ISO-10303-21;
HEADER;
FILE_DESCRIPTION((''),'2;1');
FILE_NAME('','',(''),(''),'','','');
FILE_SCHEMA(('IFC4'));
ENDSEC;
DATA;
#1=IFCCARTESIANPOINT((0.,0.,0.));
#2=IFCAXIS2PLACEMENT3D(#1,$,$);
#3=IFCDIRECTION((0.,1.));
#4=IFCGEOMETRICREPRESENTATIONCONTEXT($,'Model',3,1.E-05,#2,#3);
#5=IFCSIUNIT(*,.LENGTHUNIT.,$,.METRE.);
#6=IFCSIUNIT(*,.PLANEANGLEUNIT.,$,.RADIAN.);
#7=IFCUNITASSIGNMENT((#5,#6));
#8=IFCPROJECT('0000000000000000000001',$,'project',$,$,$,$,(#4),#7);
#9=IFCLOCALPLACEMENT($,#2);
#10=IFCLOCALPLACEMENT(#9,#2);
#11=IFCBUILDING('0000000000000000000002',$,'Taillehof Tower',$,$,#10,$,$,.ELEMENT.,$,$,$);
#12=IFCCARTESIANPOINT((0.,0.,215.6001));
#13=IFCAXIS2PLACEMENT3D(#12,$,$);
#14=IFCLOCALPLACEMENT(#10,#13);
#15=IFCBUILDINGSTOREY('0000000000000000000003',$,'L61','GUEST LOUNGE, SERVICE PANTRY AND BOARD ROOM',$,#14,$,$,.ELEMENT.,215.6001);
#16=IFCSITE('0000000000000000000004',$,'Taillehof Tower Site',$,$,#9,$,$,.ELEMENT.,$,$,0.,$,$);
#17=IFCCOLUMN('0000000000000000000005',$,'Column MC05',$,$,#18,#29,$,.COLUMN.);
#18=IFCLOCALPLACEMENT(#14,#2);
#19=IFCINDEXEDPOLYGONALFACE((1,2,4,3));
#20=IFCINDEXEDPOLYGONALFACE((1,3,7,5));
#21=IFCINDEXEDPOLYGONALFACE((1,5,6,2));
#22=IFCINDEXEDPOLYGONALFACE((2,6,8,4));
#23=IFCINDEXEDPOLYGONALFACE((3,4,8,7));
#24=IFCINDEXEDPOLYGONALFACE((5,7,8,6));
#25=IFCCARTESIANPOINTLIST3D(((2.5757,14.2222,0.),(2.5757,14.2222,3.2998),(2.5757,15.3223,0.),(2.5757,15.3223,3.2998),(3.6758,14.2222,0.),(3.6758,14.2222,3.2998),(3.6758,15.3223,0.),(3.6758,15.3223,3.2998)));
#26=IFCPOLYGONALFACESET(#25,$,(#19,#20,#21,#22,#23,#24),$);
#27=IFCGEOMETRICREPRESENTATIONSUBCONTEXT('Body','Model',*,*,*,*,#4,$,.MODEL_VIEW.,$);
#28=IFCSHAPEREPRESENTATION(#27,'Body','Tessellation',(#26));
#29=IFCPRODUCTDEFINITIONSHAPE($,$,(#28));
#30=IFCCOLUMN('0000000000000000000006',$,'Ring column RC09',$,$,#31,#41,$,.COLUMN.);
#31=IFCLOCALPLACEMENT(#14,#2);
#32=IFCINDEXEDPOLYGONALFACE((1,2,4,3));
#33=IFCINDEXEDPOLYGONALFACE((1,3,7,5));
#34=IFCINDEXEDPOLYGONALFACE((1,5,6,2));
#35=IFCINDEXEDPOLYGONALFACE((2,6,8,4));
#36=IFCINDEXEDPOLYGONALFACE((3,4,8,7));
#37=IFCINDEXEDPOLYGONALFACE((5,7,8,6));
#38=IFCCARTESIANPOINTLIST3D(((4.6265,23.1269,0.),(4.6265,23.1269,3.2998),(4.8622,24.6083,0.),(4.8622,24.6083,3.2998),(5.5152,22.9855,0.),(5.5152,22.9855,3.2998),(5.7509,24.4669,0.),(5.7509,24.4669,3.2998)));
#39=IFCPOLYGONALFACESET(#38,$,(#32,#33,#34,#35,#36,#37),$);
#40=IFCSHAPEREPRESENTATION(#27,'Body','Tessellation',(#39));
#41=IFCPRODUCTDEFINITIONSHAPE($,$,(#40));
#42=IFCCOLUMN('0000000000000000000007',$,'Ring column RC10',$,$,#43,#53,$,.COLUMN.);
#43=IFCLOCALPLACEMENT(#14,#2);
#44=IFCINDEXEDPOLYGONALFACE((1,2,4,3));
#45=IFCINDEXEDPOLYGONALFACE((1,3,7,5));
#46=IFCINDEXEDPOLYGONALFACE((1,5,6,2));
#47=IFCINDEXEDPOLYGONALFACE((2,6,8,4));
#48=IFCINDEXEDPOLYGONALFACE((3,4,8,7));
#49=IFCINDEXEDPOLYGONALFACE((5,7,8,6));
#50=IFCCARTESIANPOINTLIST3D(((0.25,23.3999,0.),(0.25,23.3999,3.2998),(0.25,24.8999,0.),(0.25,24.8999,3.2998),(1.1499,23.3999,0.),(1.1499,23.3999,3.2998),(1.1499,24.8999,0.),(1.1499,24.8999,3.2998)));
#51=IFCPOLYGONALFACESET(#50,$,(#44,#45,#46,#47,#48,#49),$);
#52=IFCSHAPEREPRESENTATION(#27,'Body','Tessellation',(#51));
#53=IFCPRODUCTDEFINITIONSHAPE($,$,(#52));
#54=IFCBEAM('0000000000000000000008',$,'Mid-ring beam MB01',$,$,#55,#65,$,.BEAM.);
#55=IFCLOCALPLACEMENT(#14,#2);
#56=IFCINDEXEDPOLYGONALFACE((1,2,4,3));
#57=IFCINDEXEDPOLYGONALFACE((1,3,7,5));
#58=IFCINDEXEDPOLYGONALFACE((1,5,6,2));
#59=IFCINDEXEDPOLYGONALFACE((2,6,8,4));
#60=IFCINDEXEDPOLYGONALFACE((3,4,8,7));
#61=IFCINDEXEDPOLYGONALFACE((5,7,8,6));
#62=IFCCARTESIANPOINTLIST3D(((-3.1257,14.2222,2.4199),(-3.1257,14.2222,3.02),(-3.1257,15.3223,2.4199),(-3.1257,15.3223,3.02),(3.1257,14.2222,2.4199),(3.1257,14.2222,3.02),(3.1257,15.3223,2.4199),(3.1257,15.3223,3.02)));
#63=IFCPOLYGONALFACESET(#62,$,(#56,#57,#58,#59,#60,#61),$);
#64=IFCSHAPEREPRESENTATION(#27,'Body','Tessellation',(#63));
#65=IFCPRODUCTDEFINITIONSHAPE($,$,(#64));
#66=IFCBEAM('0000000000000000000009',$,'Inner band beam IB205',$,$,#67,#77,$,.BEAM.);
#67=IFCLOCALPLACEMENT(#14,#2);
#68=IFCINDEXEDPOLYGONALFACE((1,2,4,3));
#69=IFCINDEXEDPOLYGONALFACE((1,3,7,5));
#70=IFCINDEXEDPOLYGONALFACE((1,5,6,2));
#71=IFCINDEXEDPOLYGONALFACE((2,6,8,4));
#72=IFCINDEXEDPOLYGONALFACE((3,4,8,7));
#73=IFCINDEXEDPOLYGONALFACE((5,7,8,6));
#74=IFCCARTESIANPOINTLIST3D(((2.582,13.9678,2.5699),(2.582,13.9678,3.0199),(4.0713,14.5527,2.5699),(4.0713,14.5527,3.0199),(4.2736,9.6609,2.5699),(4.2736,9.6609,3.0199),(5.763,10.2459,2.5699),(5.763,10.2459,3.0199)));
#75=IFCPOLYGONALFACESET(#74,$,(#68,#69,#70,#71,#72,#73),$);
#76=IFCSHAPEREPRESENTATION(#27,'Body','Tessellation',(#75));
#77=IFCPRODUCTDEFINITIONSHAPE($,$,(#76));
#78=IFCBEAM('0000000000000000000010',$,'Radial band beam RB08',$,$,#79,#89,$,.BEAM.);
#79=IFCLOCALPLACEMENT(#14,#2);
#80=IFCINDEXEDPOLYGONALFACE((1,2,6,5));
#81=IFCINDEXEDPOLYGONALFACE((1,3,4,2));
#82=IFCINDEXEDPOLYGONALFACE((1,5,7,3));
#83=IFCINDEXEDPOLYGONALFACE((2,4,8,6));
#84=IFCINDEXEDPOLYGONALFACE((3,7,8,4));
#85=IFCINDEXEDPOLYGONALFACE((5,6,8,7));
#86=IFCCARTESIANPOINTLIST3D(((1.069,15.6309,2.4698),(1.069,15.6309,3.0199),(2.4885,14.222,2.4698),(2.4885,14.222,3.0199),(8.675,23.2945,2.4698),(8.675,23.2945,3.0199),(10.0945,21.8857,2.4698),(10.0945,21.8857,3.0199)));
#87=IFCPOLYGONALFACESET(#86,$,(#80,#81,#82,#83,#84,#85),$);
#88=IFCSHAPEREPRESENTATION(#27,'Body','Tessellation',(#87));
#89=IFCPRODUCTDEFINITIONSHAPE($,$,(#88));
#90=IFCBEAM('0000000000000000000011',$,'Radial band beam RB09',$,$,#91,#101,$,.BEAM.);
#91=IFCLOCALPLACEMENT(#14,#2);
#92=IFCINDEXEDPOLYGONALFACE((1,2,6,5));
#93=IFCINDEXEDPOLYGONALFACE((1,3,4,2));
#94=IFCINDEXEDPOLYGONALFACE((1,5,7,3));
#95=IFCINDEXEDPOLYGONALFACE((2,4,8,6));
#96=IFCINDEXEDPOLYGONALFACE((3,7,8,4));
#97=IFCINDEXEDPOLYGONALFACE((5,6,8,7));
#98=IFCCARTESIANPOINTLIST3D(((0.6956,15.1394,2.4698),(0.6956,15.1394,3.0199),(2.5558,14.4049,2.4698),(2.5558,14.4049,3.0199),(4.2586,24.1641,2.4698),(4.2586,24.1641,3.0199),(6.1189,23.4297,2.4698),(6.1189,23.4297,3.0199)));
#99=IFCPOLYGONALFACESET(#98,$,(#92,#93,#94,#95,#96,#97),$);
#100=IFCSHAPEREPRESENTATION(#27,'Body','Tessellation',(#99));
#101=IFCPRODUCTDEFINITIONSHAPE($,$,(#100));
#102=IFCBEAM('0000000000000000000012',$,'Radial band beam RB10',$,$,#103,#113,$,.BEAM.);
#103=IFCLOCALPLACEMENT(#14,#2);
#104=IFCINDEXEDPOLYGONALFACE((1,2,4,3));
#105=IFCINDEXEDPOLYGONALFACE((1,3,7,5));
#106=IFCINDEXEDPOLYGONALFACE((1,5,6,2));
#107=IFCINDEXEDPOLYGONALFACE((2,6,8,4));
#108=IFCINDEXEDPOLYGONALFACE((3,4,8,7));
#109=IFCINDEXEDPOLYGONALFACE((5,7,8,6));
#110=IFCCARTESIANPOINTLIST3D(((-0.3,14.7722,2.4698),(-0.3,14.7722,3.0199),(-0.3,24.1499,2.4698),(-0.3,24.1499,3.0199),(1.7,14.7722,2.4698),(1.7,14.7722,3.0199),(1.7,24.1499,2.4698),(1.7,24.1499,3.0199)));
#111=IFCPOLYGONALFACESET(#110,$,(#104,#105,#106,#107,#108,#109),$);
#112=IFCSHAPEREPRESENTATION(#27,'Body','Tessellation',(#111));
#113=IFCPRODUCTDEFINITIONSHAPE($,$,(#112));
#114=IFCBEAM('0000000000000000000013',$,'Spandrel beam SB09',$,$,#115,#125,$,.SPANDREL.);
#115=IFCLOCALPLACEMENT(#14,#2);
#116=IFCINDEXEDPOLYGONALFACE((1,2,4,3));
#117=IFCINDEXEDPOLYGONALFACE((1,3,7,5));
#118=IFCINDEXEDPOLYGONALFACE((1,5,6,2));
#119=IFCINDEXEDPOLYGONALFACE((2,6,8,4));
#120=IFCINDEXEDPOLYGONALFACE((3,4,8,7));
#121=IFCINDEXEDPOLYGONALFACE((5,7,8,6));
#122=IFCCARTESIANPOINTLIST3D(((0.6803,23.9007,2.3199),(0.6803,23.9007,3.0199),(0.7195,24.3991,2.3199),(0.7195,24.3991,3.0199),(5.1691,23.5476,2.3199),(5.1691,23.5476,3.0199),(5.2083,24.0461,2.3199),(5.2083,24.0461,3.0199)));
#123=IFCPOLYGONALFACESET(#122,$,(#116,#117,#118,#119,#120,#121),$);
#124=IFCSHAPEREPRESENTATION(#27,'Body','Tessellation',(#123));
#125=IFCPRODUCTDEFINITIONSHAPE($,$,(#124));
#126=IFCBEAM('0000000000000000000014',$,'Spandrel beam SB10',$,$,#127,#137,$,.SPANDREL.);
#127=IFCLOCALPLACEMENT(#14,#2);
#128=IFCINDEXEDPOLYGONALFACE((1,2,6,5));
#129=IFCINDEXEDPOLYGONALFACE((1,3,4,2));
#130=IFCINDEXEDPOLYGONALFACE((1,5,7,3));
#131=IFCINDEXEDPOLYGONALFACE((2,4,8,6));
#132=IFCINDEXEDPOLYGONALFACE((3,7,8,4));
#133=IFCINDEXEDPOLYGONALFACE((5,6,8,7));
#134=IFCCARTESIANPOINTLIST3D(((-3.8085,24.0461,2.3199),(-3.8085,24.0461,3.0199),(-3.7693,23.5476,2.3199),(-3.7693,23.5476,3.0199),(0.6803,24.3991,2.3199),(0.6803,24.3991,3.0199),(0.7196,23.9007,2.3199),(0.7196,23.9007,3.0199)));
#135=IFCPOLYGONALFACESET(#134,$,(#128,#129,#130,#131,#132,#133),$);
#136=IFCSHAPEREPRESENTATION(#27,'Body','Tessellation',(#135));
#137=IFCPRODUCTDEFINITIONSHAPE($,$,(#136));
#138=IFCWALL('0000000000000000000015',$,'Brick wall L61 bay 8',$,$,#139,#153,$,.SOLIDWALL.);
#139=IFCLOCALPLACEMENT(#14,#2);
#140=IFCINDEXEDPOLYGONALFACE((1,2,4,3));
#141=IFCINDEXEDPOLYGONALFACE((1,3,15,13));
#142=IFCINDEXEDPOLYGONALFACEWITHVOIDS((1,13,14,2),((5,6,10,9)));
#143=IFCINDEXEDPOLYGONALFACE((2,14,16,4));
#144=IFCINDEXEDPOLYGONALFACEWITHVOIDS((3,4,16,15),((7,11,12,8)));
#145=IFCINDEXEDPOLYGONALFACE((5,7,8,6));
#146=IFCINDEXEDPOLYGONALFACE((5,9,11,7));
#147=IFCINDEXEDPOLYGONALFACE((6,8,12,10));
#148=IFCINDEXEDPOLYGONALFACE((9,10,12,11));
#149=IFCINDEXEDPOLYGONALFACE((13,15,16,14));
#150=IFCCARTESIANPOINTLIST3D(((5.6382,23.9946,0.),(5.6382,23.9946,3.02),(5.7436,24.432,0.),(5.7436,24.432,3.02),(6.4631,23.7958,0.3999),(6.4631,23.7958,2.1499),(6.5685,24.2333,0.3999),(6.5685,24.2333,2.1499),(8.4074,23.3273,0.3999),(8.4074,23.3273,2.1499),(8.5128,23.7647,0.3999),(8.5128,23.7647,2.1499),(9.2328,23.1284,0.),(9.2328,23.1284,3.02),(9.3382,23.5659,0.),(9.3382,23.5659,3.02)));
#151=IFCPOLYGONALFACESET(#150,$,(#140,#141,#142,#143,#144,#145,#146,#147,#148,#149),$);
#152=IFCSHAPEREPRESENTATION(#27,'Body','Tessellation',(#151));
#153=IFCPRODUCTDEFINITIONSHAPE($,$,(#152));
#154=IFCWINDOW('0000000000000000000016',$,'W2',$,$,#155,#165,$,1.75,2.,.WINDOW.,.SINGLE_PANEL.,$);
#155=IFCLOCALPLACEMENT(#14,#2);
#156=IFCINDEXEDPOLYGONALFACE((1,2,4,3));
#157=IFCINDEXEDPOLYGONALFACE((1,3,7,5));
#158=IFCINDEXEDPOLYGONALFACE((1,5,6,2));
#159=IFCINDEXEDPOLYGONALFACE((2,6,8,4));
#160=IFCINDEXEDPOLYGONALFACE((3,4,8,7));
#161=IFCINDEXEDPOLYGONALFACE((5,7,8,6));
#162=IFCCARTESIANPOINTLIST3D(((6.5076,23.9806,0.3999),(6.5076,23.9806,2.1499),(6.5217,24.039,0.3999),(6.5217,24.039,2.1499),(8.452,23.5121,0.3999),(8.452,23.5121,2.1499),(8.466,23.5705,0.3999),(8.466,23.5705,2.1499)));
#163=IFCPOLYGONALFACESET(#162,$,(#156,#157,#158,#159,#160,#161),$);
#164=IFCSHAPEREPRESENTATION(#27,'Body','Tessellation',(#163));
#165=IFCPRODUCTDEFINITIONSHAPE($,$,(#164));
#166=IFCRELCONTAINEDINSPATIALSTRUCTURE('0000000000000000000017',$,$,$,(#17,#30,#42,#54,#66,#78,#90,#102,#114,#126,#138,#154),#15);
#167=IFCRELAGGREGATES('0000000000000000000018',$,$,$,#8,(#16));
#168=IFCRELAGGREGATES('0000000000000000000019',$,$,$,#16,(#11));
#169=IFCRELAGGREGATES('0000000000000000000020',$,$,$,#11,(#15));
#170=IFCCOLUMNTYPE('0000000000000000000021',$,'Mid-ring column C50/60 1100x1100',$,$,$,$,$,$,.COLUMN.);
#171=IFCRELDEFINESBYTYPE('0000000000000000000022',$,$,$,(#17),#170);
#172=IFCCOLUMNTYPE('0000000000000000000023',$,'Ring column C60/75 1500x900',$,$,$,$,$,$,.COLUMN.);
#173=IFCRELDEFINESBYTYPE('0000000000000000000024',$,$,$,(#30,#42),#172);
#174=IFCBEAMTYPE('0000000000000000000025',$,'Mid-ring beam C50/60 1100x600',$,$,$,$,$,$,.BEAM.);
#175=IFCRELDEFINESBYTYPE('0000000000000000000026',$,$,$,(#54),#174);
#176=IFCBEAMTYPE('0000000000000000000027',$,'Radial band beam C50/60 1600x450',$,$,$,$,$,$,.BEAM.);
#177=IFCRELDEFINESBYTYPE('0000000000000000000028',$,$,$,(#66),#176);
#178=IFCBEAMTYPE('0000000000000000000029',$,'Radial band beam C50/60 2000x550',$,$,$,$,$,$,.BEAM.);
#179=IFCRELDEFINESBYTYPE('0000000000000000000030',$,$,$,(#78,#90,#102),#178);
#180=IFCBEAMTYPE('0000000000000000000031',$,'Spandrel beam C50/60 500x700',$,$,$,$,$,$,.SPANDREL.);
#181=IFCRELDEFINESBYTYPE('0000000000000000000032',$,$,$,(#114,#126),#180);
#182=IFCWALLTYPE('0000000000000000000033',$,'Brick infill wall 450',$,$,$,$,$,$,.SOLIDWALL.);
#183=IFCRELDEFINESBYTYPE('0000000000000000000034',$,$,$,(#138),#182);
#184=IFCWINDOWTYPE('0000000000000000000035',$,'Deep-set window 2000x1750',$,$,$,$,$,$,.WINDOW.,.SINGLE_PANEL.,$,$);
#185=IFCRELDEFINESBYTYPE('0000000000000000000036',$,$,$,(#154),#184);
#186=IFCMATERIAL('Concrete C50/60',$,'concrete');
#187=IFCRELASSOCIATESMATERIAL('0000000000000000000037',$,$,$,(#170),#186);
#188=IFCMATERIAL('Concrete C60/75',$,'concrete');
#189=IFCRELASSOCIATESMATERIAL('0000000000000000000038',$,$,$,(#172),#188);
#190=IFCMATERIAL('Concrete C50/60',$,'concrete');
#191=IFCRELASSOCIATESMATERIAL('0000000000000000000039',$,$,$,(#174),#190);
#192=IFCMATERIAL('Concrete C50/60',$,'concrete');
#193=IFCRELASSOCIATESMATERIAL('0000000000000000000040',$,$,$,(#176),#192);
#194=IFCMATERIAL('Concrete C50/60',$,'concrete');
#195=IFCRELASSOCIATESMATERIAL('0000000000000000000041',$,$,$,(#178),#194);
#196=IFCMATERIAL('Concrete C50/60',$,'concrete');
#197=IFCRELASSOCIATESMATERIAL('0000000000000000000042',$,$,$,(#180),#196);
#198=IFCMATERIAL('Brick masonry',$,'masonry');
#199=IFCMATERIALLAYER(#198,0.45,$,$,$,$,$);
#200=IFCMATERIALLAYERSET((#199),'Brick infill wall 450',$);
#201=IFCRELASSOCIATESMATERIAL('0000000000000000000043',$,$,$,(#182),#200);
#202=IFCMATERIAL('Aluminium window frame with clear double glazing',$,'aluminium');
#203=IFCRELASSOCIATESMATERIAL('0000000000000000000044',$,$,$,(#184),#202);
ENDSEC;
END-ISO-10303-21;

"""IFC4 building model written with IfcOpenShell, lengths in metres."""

from ifc_helpers import new_model, si_unit, direction, frame, frame_2d, origin, origin_2d, place, context, subcontext, project, spatial, rectangle, extrude, material, layer, layer_set, material_profile, profile_set, type_object, element, fill, save


model = new_model("IFC4")

# Units and contexts
model_context = context("Model", 3, precision=1e-05, world=origin(), true_north=direction((0.0, 1.0)))
body_context = subcontext(model_context, "Body", "Model", "MODEL_VIEW")
ifc_project = project(units=[si_unit("LENGTHUNIT", "METRE"), si_unit("PLANEANGLEUNIT", "RADIAN")], contexts=[model_context])

# Site, building, storey
site_placement = place(None, origin())
site = spatial("IfcSite", under=ifc_project, at=site_placement, Name="Taillehof Tower Site", CompositionType="ELEMENT", RefElevation=0.0)
building_placement = place(site_placement, origin())
building = spatial("IfcBuilding", under=site, at=building_placement, Name="Taillehof Tower", CompositionType="ELEMENT")
storey_placement = place(building_placement, frame((0.0, 0.0, 215.6001)))
storey = spatial("IfcBuildingStorey", under=building, at=storey_placement, Name="L61", Description="GUEST LOUNGE, SERVICE PANTRY AND BOARD ROOM", CompositionType="ELEMENT", Elevation=215.6001)

# Columns
ifc_material_1 = material(Name="Concrete C50/60", Category="concrete")
ifc_material_profile_1 = material_profile(ifc_material_1, rectangle(XDim=1.1001, YDim=1.1001, at=origin_2d()), Name="RC 1100x1100")
ifc_profile_set_1 = profile_set([ifc_material_profile_1], Name="Concrete C50/60")
column_type_1 = type_object("IfcColumnType", Name="Mid-ring column C50/60 1100x1100", PredefinedType="COLUMN", material=ifc_profile_set_1)
column_placement = place(storey_placement, frame((3.1257, 14.7722, 0.0), z_axis=(0.0, 0.0, 1.0), x_axis=(1.0, 0.0, 0.0)))
element("IfcColumn", 1, at=column_placement, inside=storey, type_object=column_type_1, Name="Column MC05", PredefinedType="COLUMN", context=body_context, shape_type="SweptSolid", body=[
    extrude(rectangle(XDim=1.1001, YDim=1.1001, at=origin_2d()), origin(), (0.0, 0.0, 1.0), 3.2998),
])
ifc_material_2 = material(Name="Concrete C60/75", Category="concrete")
ifc_material_profile_2 = material_profile(ifc_material_2, rectangle(XDim=1.5, YDim=0.8999, at=origin_2d()), Name="RC 1500x900")
ifc_profile_set_2 = profile_set([ifc_material_profile_2], Name="Concrete C60/75")
column_type_2 = type_object("IfcColumnType", Name="Ring column C60/75 1500x900", PredefinedType="COLUMN", material=ifc_profile_set_2)
for number, where, z_axis, x_axis, name in (
    (2, (5.1887, 23.7969, 0.0), (0.0, 0.0, 1.0), (0.157116, 0.98758, 0.0), "Ring column RC09"),
    (3, (0.7, 24.1499, 0.0), (0.0, 0.0, 1.0), (0.0, 1.0, 0.0), "Ring column RC10"),
):
    element("IfcColumn", number, at=place(storey_placement, frame(where, z_axis=z_axis, x_axis=x_axis)), inside=storey, type_object=column_type_2, Name=name, PredefinedType="COLUMN", context=body_context, shape_type="SweptSolid", body=[
        extrude(rectangle(XDim=1.5, YDim=0.8999, at=origin_2d()), origin(), (0.0, 0.0, 1.0), 3.2998),
    ])

# Beams
ifc_material_3 = material(Name="Concrete C50/60", Category="concrete")
ifc_material_profile_3 = material_profile(ifc_material_3, rectangle(XDim=1.1001, YDim=0.6001, at=origin_2d()), Name="RC 1100x600")
ifc_profile_set_3 = profile_set([ifc_material_profile_3], Name="Concrete C50/60")
beam_type_1 = type_object("IfcBeamType", Name="Mid-ring beam C50/60 1100x600", PredefinedType="BEAM", material=ifc_profile_set_3)
beam_1_placement = place(storey_placement, frame((3.1257, 14.7722, 2.72), z_axis=(-1.0, 0.0, 0.0), x_axis=(0.0, -1.0, 0.0)))
element("IfcBeam", 4, at=beam_1_placement, inside=storey, type_object=beam_type_1, Name="Mid-ring beam MB01", PredefinedType="BEAM", context=body_context, shape_type="SweptSolid", body=[
    extrude(rectangle(XDim=1.1001, YDim=0.6001, at=origin_2d()), origin(), (0.0, 0.0, 1.0), 6.2515),
])
ifc_material_4 = material(Name="Concrete C50/60", Category="concrete")
ifc_material_profile_4 = material_profile(ifc_material_4, rectangle(XDim=1.6001, YDim=0.45, at=origin_2d()), Name="RC 1600x450")
ifc_profile_set_4 = profile_set([ifc_material_profile_4], Name="Concrete C50/60")
beam_type_2 = type_object("IfcBeamType", Name="Radial band beam C50/60 1600x450", PredefinedType="BEAM", material=ifc_profile_set_4)
beam_2_placement = place(storey_placement, frame((3.3267, 14.2603, 2.7949), z_axis=(0.365589, -0.930777, 0.0), x_axis=(0.930777, 0.365589, 0.0)))
element("IfcBeam", 5, at=beam_2_placement, inside=storey, type_object=beam_type_2, Name="Inner band beam IB205", PredefinedType="BEAM", context=body_context, shape_type="SweptSolid", body=[
    extrude(rectangle(XDim=1.6001, YDim=0.45, at=origin_2d()), origin(), (0.0, 0.0, 1.0), 4.6272),
])
ifc_material_5 = material(Name="Concrete C50/60", Category="concrete")
ifc_material_profile_5 = material_profile(ifc_material_5, rectangle(XDim=2.0, YDim=0.55, at=origin_2d()), Name="RC 2000x550")
ifc_profile_set_5 = profile_set([ifc_material_profile_5], Name="Concrete C50/60")
beam_type_3 = type_object("IfcBeamType", Name="Radial band beam C50/60 2000x550", PredefinedType="BEAM", material=ifc_profile_set_5)
beam_3_placement = place(storey_placement, frame((9.3848, 22.5901, 2.7449), z_axis=(-0.704434, -0.70977, 0.0), x_axis=(0.70977, -0.704434, 0.0)))
element("IfcBeam", 6, at=beam_3_placement, inside=storey, type_object=beam_type_3, Name="Radial band beam RB08", PredefinedType="BEAM", context=body_context, shape_type="SweptSolid", body=[
    extrude(rectangle(XDim=2.0, YDim=0.55, at=origin_2d()), origin(), (0.0, 0.0, 1.0), 10.7974),
])
beam_4_placement = place(storey_placement, frame((5.1887, 23.7969, 2.7449), z_axis=(-0.367222, -0.930133, 0.0), x_axis=(0.930133, -0.367222, 0.0)))
element("IfcBeam", 7, at=beam_4_placement, inside=storey, type_object=beam_type_3, Name="Radial band beam RB09", PredefinedType="BEAM", context=body_context, shape_type="SweptSolid", body=[
    extrude(rectangle(XDim=2.0, YDim=0.55, at=origin_2d()), origin(), (0.0, 0.0, 1.0), 9.7026),
])
beam_5_placement = place(storey_placement, frame((0.7, 24.1499, 2.7449), z_axis=(0.0, -1.0, 0.0), x_axis=(1.0, 0.0, 0.0)))
element("IfcBeam", 8, at=beam_5_placement, inside=storey, type_object=beam_type_3, Name="Radial band beam RB10", PredefinedType="BEAM", context=body_context, shape_type="SweptSolid", body=[
    extrude(rectangle(XDim=2.0, YDim=0.55, at=origin_2d()), origin(), (0.0, 0.0, 1.0), 9.3777),
])
ifc_material_6 = material(Name="Concrete C50/60", Category="concrete")
ifc_material_profile_6 = material_profile(ifc_material_6, rectangle(XDim=0.5, YDim=0.7, at=origin_2d()), Name="RC 500x700")
ifc_profile_set_6 = profile_set([ifc_material_profile_6], Name="Concrete C50/60")
beam_type_4 = type_object("IfcBeamType", Name="Spandrel beam C50/60 500x700", PredefinedType="SPANDREL", material=ifc_profile_set_6)
for number, where, z_axis, x_axis, name in (
    (9, (5.1887, 23.7969, 2.6699), (-0.996922, 0.078405, 0.0), (-0.078405, -0.996922, 0.0), "Spandrel beam SB09"),
    (10, (0.7, 24.1499, 2.6699), (-0.996922, -0.078405, 0.0), (0.078405, -0.996922, 0.0), "Spandrel beam SB10"),
):
    element("IfcBeam", number, at=place(storey_placement, frame(where, z_axis=z_axis, x_axis=x_axis)), inside=storey, type_object=beam_type_4, Name=name, PredefinedType="SPANDREL", context=body_context, shape_type="SweptSolid", body=[
        extrude(rectangle(XDim=0.5, YDim=0.7, at=origin_2d()), origin(), (0.0, 0.0, 1.0), 4.5027),
    ])

# Wall, opening, window
ifc_material_7 = material(Name="Brick masonry", Category="masonry")
ifc_layer_1 = layer(ifc_material_7, 0.45)
ifc_layer_set_1 = layer_set([ifc_layer_1], Name="Brick infill wall 450")
wall_type_1 = type_object("IfcWallType", Name="Brick infill wall 450", PredefinedType="SOLIDWALL", material=ifc_layer_set_1)
wall_1_placement = place(storey_placement, frame((9.2854, 23.3472, 0.0), z_axis=(0.0, 0.0, 1.0), x_axis=(-0.972174, 0.234262, 0.0)))
wall_1 = element("IfcWall", 11, at=wall_1_placement, inside=storey, type_object=wall_type_1, Name="Brick wall L61 bay 8", PredefinedType="SOLIDWALL", context=body_context, shape_type="SweptSolid", body=[
    extrude(rectangle(XDim=3.6975, YDim=0.45, at=frame_2d((1.8486, 0.0))), origin(), (0.0, 0.0, 1.0), 3.02),
])
opening_1_placement = place(wall_1_placement, frame((0.8489, 0.0, 0.3999)))
opening_1 = element("IfcOpeningElement", 12, at=opening_1_placement, cuts=wall_1, PredefinedType="OPENING", context=body_context, shape_type="SweptSolid", body=[
    extrude(rectangle(XDim=2.0, YDim=1.75, at=frame_2d((1.0, 0.875))), frame((0.0, 0.2349, 0.0), z_axis=(0.0, -1.0, 0.0), x_axis=(1.0, 0.0, 0.0)), (0.0, 0.0, 1.0), 0.47),
])
ifc_material_8 = material(Name="Aluminium window frame with clear double glazing", Category="aluminium")
window_type = type_object("IfcWindowType", Name="Deep-set window 2000x1750", PartitioningType="SINGLE_PANEL", PredefinedType="WINDOW", material=ifc_material_8)
window_1_placement = place(opening_1_placement, origin())
window_1 = element("IfcWindow", 13, at=window_1_placement, inside=storey, type_object=window_type, Name="W2", OverallHeight=1.75, OverallWidth=2.0, PartitioningType="SINGLE_PANEL", PredefinedType="WINDOW", context=body_context, shape_type="SweptSolid", body=[
    extrude(rectangle(XDim=2.0, YDim=1.75, at=frame_2d((1.0, 0.875))), frame((0.0, 0.0349, 0.0), z_axis=(0.0, -1.0, 0.0), x_axis=(1.0, 0.0, 0.0)), (0.0, 0.0, 1.0), 0.0601),
])
fill(opening_1, window_1)

save(model, "model.ifc")
